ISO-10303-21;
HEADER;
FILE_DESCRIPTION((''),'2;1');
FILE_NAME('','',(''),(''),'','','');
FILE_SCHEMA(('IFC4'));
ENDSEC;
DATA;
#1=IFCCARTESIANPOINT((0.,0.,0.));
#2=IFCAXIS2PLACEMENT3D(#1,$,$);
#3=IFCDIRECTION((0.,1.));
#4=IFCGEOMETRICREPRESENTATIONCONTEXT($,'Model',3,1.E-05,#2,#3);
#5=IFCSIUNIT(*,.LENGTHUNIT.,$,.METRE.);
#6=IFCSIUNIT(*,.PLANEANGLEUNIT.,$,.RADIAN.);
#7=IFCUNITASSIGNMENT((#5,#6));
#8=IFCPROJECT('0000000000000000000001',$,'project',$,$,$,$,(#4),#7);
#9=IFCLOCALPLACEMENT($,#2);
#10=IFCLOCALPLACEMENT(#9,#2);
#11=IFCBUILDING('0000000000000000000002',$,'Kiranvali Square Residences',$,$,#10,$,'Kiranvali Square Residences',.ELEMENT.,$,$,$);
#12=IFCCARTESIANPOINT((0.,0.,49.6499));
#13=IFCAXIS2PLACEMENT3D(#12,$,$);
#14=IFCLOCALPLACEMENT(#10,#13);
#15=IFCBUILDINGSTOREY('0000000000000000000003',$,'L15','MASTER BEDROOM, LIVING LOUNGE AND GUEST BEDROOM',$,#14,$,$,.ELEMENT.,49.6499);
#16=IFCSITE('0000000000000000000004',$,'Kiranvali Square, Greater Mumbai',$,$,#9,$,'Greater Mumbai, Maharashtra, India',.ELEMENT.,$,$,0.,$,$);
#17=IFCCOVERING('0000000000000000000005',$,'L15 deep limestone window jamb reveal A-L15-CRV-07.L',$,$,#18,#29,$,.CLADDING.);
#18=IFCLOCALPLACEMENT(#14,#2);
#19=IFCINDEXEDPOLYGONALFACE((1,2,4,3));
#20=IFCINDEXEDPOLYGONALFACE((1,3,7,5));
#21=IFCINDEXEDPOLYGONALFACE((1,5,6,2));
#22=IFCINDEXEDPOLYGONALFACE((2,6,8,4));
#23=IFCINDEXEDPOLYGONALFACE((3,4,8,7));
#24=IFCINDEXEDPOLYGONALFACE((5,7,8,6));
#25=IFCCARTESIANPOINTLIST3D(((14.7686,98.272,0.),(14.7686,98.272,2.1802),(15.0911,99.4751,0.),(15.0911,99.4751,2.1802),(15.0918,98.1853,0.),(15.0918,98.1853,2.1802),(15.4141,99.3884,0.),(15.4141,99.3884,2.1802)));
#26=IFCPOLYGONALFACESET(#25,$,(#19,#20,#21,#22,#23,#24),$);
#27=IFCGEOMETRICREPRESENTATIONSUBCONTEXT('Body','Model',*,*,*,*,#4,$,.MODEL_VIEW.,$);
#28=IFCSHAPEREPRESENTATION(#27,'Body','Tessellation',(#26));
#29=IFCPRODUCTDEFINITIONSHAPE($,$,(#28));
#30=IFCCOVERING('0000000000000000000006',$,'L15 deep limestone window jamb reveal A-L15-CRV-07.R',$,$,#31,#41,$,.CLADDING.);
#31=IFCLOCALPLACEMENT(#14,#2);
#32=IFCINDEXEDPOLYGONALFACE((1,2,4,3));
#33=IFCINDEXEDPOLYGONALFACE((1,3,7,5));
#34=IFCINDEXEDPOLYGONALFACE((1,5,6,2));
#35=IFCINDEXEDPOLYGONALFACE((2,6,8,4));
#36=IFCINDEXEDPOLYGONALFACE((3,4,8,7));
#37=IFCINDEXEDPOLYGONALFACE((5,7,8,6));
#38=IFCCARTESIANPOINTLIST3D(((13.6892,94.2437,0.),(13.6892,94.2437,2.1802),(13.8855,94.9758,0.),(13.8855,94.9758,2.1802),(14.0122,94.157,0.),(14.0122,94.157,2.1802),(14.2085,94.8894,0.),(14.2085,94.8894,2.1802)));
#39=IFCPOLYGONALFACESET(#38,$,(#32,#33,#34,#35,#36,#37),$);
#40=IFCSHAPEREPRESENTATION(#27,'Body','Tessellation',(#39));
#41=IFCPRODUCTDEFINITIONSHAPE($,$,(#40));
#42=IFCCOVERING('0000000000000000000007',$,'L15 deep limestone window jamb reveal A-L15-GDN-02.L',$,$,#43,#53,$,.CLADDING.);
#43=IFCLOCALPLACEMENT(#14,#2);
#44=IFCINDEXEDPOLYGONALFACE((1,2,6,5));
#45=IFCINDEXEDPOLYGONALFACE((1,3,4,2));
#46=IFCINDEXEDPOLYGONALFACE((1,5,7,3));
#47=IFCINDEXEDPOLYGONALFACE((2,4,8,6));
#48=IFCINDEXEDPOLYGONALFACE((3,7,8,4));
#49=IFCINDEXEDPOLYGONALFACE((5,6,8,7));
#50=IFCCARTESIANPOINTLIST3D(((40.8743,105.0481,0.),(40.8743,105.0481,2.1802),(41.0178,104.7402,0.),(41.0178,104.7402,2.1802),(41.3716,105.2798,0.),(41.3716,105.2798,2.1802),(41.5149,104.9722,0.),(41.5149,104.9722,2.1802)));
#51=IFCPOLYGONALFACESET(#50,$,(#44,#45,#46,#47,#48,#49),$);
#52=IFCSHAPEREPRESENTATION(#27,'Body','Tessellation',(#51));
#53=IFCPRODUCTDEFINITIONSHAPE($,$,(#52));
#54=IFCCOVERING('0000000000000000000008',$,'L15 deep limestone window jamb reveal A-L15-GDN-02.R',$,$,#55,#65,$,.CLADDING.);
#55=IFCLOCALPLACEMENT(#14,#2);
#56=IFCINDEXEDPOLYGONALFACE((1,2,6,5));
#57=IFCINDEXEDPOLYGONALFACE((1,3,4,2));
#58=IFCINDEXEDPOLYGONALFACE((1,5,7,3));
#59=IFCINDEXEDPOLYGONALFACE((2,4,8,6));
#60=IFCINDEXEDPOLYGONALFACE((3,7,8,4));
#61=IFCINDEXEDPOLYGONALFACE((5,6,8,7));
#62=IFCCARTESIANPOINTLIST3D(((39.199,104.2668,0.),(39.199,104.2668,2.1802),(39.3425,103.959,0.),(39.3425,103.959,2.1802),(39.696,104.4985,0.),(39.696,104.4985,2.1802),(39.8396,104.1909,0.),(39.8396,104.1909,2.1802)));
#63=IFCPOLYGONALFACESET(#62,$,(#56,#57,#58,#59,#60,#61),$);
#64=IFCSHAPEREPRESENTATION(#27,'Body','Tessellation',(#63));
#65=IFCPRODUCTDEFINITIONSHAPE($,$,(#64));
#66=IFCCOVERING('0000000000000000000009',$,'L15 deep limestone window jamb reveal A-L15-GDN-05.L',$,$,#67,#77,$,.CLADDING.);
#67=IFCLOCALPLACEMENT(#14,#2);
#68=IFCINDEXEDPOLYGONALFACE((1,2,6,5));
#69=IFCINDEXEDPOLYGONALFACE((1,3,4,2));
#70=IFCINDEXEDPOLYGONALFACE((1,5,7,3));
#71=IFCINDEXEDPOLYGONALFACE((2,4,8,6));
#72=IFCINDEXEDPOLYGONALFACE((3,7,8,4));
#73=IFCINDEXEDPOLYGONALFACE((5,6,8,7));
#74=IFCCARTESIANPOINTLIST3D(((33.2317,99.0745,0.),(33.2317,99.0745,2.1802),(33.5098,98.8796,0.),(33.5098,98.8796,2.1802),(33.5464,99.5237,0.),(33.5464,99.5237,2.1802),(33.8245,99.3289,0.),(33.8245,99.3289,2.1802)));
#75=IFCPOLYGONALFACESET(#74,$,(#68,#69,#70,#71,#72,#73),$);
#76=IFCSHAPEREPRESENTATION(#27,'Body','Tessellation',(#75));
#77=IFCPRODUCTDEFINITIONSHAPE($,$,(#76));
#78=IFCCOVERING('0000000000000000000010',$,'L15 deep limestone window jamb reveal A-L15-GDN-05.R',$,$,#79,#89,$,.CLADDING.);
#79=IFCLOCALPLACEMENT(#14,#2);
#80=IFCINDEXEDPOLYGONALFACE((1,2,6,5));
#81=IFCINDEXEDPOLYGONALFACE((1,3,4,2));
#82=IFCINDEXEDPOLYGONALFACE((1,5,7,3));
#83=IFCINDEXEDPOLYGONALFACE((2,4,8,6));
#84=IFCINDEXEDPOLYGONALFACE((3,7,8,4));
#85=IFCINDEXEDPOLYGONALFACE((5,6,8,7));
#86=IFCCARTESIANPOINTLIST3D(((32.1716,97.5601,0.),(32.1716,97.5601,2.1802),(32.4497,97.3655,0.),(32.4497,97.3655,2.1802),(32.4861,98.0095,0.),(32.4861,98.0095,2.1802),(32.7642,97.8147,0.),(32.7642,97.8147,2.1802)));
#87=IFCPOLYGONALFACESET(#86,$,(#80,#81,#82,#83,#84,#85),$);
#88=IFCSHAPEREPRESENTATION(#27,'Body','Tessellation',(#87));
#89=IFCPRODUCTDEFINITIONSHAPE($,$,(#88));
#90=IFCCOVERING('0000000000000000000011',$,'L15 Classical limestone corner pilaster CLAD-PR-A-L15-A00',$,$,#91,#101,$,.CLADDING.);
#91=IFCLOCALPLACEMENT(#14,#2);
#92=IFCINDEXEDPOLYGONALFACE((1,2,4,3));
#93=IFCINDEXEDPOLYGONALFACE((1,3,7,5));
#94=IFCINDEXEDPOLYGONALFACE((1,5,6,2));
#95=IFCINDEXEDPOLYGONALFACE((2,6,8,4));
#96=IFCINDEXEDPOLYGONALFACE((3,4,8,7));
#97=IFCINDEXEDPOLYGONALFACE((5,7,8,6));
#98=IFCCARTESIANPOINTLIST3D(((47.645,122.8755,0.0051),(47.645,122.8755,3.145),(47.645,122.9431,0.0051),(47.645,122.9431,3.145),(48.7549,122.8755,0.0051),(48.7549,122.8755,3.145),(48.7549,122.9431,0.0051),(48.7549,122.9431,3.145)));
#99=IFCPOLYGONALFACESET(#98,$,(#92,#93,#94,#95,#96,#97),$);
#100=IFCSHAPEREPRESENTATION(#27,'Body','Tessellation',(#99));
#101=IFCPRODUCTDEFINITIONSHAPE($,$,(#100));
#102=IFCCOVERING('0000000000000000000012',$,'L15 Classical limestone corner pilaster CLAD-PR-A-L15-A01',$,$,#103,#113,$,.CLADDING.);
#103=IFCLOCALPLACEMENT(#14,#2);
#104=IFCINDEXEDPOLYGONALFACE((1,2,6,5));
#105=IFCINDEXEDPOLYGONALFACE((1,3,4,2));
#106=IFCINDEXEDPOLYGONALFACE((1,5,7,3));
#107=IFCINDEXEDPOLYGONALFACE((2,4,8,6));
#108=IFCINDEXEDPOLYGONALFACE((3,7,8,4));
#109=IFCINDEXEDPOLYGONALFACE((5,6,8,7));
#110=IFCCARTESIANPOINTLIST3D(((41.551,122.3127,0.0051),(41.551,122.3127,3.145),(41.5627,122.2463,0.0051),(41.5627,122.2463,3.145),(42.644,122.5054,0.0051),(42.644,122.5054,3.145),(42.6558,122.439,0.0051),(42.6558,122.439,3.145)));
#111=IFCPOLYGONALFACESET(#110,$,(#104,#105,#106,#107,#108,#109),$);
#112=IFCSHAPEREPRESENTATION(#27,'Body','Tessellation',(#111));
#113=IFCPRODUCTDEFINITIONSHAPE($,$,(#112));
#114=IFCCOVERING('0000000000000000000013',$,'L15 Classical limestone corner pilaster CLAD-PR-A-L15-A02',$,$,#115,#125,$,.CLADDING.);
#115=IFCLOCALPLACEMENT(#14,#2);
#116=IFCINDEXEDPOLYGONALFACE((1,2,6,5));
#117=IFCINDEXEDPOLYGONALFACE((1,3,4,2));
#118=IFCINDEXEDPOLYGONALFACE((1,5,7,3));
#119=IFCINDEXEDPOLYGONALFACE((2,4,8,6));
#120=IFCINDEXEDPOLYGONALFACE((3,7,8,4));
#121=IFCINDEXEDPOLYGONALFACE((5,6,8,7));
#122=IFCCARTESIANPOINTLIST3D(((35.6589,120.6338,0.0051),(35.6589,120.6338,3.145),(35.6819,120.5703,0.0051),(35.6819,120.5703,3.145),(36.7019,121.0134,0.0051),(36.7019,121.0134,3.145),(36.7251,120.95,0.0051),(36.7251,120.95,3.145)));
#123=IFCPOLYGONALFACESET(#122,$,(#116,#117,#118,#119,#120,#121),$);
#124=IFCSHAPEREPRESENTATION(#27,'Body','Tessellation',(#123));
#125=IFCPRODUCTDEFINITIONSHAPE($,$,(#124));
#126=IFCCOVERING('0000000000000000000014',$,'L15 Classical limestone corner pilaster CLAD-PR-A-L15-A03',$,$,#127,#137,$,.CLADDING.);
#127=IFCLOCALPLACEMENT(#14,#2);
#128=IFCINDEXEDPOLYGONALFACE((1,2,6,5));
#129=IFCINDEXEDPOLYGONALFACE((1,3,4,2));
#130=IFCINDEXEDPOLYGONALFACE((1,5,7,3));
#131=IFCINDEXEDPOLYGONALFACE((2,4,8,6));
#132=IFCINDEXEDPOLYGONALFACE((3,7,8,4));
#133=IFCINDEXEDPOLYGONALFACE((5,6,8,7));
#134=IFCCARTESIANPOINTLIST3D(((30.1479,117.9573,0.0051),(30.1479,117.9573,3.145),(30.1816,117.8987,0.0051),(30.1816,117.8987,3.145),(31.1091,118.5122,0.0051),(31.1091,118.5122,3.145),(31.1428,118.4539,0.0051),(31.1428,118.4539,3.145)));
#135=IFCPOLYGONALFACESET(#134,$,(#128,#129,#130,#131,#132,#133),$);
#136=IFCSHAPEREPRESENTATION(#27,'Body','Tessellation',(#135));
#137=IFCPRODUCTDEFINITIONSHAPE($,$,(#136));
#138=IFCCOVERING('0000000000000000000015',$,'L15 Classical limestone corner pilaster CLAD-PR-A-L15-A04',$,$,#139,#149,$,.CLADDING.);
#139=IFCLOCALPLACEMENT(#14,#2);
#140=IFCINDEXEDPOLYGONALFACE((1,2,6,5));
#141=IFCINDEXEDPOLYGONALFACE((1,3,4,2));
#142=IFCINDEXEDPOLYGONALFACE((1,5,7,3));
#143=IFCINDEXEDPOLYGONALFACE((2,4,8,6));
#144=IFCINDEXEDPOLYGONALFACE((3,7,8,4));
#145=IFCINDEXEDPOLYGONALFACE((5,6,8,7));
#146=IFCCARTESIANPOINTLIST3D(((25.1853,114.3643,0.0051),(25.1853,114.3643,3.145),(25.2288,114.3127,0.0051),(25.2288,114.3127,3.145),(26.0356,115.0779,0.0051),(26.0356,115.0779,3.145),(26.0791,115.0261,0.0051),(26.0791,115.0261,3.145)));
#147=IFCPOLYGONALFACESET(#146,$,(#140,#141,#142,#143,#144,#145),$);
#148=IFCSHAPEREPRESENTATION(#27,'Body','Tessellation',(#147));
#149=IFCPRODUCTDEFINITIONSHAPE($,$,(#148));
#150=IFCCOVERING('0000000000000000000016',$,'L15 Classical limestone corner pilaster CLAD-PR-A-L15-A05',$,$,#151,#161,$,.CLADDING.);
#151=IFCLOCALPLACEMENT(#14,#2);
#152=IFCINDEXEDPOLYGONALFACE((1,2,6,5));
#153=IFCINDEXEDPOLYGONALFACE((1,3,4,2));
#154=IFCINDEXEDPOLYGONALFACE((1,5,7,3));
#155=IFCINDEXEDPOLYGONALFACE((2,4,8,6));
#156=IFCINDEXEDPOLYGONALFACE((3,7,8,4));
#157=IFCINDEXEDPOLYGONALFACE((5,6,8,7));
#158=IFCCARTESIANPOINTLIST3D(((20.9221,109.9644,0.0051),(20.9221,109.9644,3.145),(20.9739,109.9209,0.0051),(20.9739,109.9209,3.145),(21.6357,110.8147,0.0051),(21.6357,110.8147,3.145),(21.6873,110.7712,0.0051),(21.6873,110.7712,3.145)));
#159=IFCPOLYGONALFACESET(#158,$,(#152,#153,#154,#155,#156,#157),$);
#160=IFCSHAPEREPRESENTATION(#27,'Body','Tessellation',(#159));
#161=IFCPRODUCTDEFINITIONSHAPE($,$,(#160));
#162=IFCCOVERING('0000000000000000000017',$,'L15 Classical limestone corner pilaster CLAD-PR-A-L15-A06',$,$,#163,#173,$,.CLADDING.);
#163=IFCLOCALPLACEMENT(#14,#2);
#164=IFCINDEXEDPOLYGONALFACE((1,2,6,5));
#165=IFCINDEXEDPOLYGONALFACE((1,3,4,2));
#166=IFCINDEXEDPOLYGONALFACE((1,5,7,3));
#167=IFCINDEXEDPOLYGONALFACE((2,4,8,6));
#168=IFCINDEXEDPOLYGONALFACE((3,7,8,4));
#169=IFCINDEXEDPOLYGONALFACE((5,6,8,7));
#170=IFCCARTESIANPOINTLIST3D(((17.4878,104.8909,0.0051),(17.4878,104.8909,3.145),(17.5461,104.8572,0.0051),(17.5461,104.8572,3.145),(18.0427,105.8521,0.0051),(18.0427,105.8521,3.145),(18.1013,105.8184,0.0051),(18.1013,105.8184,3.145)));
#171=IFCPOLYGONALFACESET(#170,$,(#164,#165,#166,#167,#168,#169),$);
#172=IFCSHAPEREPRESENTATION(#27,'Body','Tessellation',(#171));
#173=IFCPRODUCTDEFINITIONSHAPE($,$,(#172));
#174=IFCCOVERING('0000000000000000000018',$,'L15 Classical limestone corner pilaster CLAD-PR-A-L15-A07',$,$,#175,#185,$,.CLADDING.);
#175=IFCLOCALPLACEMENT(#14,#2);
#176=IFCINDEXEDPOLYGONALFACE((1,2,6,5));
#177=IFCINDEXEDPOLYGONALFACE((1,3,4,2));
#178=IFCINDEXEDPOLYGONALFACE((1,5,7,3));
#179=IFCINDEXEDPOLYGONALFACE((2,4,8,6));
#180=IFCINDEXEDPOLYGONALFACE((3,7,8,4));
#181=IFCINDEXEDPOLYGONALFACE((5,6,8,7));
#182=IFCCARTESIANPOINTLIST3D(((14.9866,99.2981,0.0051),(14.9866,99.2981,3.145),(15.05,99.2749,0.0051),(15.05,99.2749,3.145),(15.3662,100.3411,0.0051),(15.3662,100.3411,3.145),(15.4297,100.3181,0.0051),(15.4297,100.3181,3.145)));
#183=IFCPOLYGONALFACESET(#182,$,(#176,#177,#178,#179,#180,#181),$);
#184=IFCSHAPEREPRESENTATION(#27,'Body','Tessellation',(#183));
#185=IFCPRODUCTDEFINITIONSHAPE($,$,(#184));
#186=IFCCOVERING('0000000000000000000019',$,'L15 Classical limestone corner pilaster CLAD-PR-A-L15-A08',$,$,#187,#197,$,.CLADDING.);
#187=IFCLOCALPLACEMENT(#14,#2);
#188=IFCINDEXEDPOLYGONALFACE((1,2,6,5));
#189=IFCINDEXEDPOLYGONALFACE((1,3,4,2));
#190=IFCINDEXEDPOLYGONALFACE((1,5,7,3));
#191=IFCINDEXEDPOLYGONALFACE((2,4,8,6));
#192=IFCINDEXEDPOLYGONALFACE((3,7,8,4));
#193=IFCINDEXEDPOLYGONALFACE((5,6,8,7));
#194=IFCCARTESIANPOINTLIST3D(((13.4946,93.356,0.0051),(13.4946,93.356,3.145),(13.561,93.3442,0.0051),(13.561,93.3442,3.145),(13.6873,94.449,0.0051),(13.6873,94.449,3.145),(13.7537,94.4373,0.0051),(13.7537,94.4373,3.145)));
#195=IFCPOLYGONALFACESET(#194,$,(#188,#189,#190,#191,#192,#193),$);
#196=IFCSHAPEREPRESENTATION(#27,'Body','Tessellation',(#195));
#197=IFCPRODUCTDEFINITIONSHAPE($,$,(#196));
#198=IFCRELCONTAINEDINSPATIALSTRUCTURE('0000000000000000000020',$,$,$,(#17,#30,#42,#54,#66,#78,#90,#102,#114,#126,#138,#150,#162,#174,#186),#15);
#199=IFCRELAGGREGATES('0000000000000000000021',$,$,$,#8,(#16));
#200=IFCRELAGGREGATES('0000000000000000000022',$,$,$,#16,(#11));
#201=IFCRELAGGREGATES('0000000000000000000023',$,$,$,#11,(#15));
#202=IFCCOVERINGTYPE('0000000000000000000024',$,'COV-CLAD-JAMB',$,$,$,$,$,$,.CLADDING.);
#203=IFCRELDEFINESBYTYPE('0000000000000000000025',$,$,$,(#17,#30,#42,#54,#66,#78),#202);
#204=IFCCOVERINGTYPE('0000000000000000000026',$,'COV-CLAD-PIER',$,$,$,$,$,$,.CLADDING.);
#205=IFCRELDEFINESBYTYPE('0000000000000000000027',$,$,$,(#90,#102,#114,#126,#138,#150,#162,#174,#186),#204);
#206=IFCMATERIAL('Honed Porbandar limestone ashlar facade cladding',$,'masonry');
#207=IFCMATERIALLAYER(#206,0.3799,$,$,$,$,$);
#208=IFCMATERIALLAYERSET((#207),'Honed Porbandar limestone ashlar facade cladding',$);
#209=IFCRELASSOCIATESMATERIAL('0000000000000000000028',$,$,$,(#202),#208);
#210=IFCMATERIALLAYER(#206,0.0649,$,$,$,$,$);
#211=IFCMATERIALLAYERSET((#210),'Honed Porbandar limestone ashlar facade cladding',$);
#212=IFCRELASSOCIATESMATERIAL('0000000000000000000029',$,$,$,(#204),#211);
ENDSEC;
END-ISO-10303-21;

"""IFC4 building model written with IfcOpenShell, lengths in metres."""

from ifc_helpers import new_model, si_unit, direction, frame, origin, place, context, subcontext, project, spatial, polyline, outline, extrude, material, layer, layer_set, type_object, element, save


model = new_model("IFC4")

# Units and contexts
model_context = context("Model", 3, precision=1e-05, world=origin(), true_north=direction((0.0, 1.0)))
body_context = subcontext(model_context, "Body", "Model", "MODEL_VIEW")
ifc_project = project(units=[si_unit("LENGTHUNIT", "METRE"), si_unit("PLANEANGLEUNIT", "RADIAN")], contexts=[model_context])

# Site, building, storey
site_placement = place(None, origin())
site = spatial("IfcSite", under=ifc_project, at=site_placement, Name="Kiranvali Square, Greater Mumbai", LongName="Greater Mumbai, Maharashtra, India", CompositionType="ELEMENT", RefElevation=0.0)
building_placement = place(site_placement, origin())
building = spatial("IfcBuilding", under=site, at=building_placement, Name="Kiranvali Square Residences", LongName="Kiranvali Square Residences", CompositionType="ELEMENT")
storey_placement = place(building_placement, frame((0.0, 0.0, 49.6499)))
storey = spatial("IfcBuildingStorey", under=building, at=storey_placement, Name="L15", Description="MASTER BEDROOM, LIVING LOUNGE AND GUEST BEDROOM", CompositionType="ELEMENT", Elevation=49.6499)

# Coverings
ifc_material_1 = material(Name="Honed Porbandar limestone ashlar facade cladding", Category="masonry")
ifc_layer_1 = layer(ifc_material_1, 0.3799)
ifc_layer_set_1 = layer_set([ifc_layer_1], Name="Honed Porbandar limestone ashlar facade cladding")
covering_type_1 = type_object("IfcCoveringType", Name="COV-CLAD-JAMB", PredefinedType="CLADDING", material=ifc_layer_set_1)
covering_1_placement = place(storey_placement, origin())
element("IfcCovering", 1, at=covering_1_placement, inside=storey, type_object=covering_type_1, Name="L15 deep limestone window jamb reveal A-L15-CRV-07.L", PredefinedType="CLADDING", context=body_context, shape_type="SweptSolid", body=[
    extrude(outline(polyline([(15.0911, 99.4751), (14.7686, 98.272), (15.0918, 98.1853), (15.4141, 99.3884), (15.0911, 99.4751)])), origin(), (0.0, 0.0, 1.0), 2.1802),
])
covering_2_placement = place(storey_placement, origin())
element("IfcCovering", 2, at=covering_2_placement, inside=storey, type_object=covering_type_1, Name="L15 deep limestone window jamb reveal A-L15-CRV-07.R", PredefinedType="CLADDING", context=body_context, shape_type="SweptSolid", body=[
    extrude(outline(polyline([(13.8855, 94.9758), (13.6892, 94.2437), (14.0122, 94.157), (14.2085, 94.8894), (13.8855, 94.9758)])), origin(), (0.0, 0.0, 1.0), 2.1802),
])
covering_3_placement = place(storey_placement, origin())
element("IfcCovering", 3, at=covering_3_placement, inside=storey, type_object=covering_type_1, Name="L15 deep limestone window jamb reveal A-L15-GDN-02.L", PredefinedType="CLADDING", context=body_context, shape_type="SweptSolid", body=[
    extrude(outline(polyline([(41.3716, 105.2798), (40.8743, 105.0481), (41.0178, 104.7402), (41.5149, 104.9722), (41.3716, 105.2798)])), origin(), (0.0, 0.0, 1.0), 2.1802),
])
covering_4_placement = place(storey_placement, origin())
element("IfcCovering", 4, at=covering_4_placement, inside=storey, type_object=covering_type_1, Name="L15 deep limestone window jamb reveal A-L15-GDN-02.R", PredefinedType="CLADDING", context=body_context, shape_type="SweptSolid", body=[
    extrude(outline(polyline([(39.696, 104.4985), (39.199, 104.2668), (39.3425, 103.959), (39.8396, 104.1909), (39.696, 104.4985)])), origin(), (0.0, 0.0, 1.0), 2.1802),
])
covering_5_placement = place(storey_placement, origin())
element("IfcCovering", 5, at=covering_5_placement, inside=storey, type_object=covering_type_1, Name="L15 deep limestone window jamb reveal A-L15-GDN-05.L", PredefinedType="CLADDING", context=body_context, shape_type="SweptSolid", body=[
    extrude(outline(polyline([(33.5464, 99.5237), (33.2317, 99.0745), (33.5098, 98.8796), (33.8245, 99.3289), (33.5464, 99.5237)])), origin(), (0.0, 0.0, 1.0), 2.1802),
])
covering_6_placement = place(storey_placement, origin())
element("IfcCovering", 6, at=covering_6_placement, inside=storey, type_object=covering_type_1, Name="L15 deep limestone window jamb reveal A-L15-GDN-05.R", PredefinedType="CLADDING", context=body_context, shape_type="SweptSolid", body=[
    extrude(outline(polyline([(32.4861, 98.0095), (32.1716, 97.5601), (32.4497, 97.3655), (32.7642, 97.8147), (32.4861, 98.0095)])), origin(), (0.0, 0.0, 1.0), 2.1802),
])
ifc_layer_2 = layer(ifc_material_1, 0.0649)
ifc_layer_set_2 = layer_set([ifc_layer_2], Name="Honed Porbandar limestone ashlar facade cladding")
covering_type_2 = type_object("IfcCoveringType", Name="COV-CLAD-PIER", PredefinedType="CLADDING", material=ifc_layer_set_2)
covering_7_placement = place(storey_placement, frame((0.0, 0.0, 0.0051)))
element("IfcCovering", 7, at=covering_7_placement, inside=storey, type_object=covering_type_2, Name="L15 Classical limestone corner pilaster CLAD-PR-A-L15-A00", PredefinedType="CLADDING", context=body_context, shape_type="SweptSolid", body=[
    extrude(outline(polyline([(48.7549, 122.9431), (47.645, 122.9431), (47.645, 122.8755), (48.7549, 122.8755), (48.7549, 122.9431)])), origin(), (0.0, 0.0, 1.0), 3.1399),
])
covering_8_placement = place(storey_placement, frame((0.0, 0.0, 0.0051)))
element("IfcCovering", 8, at=covering_8_placement, inside=storey, type_object=covering_type_2, Name="L15 Classical limestone corner pilaster CLAD-PR-A-L15-A01", PredefinedType="CLADDING", context=body_context, shape_type="SweptSolid", body=[
    extrude(outline(polyline([(42.644, 122.5054), (41.551, 122.3127), (41.5627, 122.2463), (42.6558, 122.439), (42.644, 122.5054)])), origin(), (0.0, 0.0, 1.0), 3.1399),
])
covering_9_placement = place(storey_placement, frame((0.0, 0.0, 0.0051)))
element("IfcCovering", 9, at=covering_9_placement, inside=storey, type_object=covering_type_2, Name="L15 Classical limestone corner pilaster CLAD-PR-A-L15-A02", PredefinedType="CLADDING", context=body_context, shape_type="SweptSolid", body=[
    extrude(outline(polyline([(36.7019, 121.0134), (35.6589, 120.6338), (35.6819, 120.5703), (36.7251, 120.95), (36.7019, 121.0134)])), origin(), (0.0, 0.0, 1.0), 3.1399),
])
covering_10_placement = place(storey_placement, frame((0.0, 0.0, 0.0051)))
element("IfcCovering", 10, at=covering_10_placement, inside=storey, type_object=covering_type_2, Name="L15 Classical limestone corner pilaster CLAD-PR-A-L15-A03", PredefinedType="CLADDING", context=body_context, shape_type="SweptSolid", body=[
    extrude(outline(polyline([(31.1091, 118.5122), (30.1479, 117.9573), (30.1816, 117.8987), (31.1428, 118.4539), (31.1091, 118.5122)])), origin(), (0.0, 0.0, 1.0), 3.1399),
])
covering_11_placement = place(storey_placement, frame((0.0, 0.0, 0.0051)))
element("IfcCovering", 11, at=covering_11_placement, inside=storey, type_object=covering_type_2, Name="L15 Classical limestone corner pilaster CLAD-PR-A-L15-A04", PredefinedType="CLADDING", context=body_context, shape_type="SweptSolid", body=[
    extrude(outline(polyline([(26.0356, 115.0779), (25.1853, 114.3643), (25.2288, 114.3127), (26.0791, 115.0261), (26.0356, 115.0779)])), origin(), (0.0, 0.0, 1.0), 3.1399),
])
covering_12_placement = place(storey_placement, frame((0.0, 0.0, 0.0051)))
element("IfcCovering", 12, at=covering_12_placement, inside=storey, type_object=covering_type_2, Name="L15 Classical limestone corner pilaster CLAD-PR-A-L15-A05", PredefinedType="CLADDING", context=body_context, shape_type="SweptSolid", body=[
    extrude(outline(polyline([(21.6357, 110.8147), (20.9221, 109.9644), (20.9739, 109.9209), (21.6873, 110.7712), (21.6357, 110.8147)])), origin(), (0.0, 0.0, 1.0), 3.1399),
])
covering_13_placement = place(storey_placement, frame((0.0, 0.0, 0.0051)))
element("IfcCovering", 13, at=covering_13_placement, inside=storey, type_object=covering_type_2, Name="L15 Classical limestone corner pilaster CLAD-PR-A-L15-A06", PredefinedType="CLADDING", context=body_context, shape_type="SweptSolid", body=[
    extrude(outline(polyline([(18.0427, 105.8521), (17.4878, 104.8909), (17.5461, 104.8572), (18.1013, 105.8184), (18.0427, 105.8521)])), origin(), (0.0, 0.0, 1.0), 3.1399),
])
covering_14_placement = place(storey_placement, frame((0.0, 0.0, 0.0051)))
element("IfcCovering", 14, at=covering_14_placement, inside=storey, type_object=covering_type_2, Name="L15 Classical limestone corner pilaster CLAD-PR-A-L15-A07", PredefinedType="CLADDING", context=body_context, shape_type="SweptSolid", body=[
    extrude(outline(polyline([(15.3662, 100.3411), (14.9866, 99.2981), (15.05, 99.2749), (15.4297, 100.3181), (15.3662, 100.3411)])), origin(), (0.0, 0.0, 1.0), 3.1399),
])
covering_15_placement = place(storey_placement, frame((0.0, 0.0, 0.0051)))
element("IfcCovering", 15, at=covering_15_placement, inside=storey, type_object=covering_type_2, Name="L15 Classical limestone corner pilaster CLAD-PR-A-L15-A08", PredefinedType="CLADDING", context=body_context, shape_type="SweptSolid", body=[
    extrude(outline(polyline([(13.6873, 94.449), (13.4946, 93.356), (13.561, 93.3442), (13.7537, 94.4373), (13.6873, 94.449)])), origin(), (0.0, 0.0, 1.0), 3.1399),
])

save(model, "model.ifc")
